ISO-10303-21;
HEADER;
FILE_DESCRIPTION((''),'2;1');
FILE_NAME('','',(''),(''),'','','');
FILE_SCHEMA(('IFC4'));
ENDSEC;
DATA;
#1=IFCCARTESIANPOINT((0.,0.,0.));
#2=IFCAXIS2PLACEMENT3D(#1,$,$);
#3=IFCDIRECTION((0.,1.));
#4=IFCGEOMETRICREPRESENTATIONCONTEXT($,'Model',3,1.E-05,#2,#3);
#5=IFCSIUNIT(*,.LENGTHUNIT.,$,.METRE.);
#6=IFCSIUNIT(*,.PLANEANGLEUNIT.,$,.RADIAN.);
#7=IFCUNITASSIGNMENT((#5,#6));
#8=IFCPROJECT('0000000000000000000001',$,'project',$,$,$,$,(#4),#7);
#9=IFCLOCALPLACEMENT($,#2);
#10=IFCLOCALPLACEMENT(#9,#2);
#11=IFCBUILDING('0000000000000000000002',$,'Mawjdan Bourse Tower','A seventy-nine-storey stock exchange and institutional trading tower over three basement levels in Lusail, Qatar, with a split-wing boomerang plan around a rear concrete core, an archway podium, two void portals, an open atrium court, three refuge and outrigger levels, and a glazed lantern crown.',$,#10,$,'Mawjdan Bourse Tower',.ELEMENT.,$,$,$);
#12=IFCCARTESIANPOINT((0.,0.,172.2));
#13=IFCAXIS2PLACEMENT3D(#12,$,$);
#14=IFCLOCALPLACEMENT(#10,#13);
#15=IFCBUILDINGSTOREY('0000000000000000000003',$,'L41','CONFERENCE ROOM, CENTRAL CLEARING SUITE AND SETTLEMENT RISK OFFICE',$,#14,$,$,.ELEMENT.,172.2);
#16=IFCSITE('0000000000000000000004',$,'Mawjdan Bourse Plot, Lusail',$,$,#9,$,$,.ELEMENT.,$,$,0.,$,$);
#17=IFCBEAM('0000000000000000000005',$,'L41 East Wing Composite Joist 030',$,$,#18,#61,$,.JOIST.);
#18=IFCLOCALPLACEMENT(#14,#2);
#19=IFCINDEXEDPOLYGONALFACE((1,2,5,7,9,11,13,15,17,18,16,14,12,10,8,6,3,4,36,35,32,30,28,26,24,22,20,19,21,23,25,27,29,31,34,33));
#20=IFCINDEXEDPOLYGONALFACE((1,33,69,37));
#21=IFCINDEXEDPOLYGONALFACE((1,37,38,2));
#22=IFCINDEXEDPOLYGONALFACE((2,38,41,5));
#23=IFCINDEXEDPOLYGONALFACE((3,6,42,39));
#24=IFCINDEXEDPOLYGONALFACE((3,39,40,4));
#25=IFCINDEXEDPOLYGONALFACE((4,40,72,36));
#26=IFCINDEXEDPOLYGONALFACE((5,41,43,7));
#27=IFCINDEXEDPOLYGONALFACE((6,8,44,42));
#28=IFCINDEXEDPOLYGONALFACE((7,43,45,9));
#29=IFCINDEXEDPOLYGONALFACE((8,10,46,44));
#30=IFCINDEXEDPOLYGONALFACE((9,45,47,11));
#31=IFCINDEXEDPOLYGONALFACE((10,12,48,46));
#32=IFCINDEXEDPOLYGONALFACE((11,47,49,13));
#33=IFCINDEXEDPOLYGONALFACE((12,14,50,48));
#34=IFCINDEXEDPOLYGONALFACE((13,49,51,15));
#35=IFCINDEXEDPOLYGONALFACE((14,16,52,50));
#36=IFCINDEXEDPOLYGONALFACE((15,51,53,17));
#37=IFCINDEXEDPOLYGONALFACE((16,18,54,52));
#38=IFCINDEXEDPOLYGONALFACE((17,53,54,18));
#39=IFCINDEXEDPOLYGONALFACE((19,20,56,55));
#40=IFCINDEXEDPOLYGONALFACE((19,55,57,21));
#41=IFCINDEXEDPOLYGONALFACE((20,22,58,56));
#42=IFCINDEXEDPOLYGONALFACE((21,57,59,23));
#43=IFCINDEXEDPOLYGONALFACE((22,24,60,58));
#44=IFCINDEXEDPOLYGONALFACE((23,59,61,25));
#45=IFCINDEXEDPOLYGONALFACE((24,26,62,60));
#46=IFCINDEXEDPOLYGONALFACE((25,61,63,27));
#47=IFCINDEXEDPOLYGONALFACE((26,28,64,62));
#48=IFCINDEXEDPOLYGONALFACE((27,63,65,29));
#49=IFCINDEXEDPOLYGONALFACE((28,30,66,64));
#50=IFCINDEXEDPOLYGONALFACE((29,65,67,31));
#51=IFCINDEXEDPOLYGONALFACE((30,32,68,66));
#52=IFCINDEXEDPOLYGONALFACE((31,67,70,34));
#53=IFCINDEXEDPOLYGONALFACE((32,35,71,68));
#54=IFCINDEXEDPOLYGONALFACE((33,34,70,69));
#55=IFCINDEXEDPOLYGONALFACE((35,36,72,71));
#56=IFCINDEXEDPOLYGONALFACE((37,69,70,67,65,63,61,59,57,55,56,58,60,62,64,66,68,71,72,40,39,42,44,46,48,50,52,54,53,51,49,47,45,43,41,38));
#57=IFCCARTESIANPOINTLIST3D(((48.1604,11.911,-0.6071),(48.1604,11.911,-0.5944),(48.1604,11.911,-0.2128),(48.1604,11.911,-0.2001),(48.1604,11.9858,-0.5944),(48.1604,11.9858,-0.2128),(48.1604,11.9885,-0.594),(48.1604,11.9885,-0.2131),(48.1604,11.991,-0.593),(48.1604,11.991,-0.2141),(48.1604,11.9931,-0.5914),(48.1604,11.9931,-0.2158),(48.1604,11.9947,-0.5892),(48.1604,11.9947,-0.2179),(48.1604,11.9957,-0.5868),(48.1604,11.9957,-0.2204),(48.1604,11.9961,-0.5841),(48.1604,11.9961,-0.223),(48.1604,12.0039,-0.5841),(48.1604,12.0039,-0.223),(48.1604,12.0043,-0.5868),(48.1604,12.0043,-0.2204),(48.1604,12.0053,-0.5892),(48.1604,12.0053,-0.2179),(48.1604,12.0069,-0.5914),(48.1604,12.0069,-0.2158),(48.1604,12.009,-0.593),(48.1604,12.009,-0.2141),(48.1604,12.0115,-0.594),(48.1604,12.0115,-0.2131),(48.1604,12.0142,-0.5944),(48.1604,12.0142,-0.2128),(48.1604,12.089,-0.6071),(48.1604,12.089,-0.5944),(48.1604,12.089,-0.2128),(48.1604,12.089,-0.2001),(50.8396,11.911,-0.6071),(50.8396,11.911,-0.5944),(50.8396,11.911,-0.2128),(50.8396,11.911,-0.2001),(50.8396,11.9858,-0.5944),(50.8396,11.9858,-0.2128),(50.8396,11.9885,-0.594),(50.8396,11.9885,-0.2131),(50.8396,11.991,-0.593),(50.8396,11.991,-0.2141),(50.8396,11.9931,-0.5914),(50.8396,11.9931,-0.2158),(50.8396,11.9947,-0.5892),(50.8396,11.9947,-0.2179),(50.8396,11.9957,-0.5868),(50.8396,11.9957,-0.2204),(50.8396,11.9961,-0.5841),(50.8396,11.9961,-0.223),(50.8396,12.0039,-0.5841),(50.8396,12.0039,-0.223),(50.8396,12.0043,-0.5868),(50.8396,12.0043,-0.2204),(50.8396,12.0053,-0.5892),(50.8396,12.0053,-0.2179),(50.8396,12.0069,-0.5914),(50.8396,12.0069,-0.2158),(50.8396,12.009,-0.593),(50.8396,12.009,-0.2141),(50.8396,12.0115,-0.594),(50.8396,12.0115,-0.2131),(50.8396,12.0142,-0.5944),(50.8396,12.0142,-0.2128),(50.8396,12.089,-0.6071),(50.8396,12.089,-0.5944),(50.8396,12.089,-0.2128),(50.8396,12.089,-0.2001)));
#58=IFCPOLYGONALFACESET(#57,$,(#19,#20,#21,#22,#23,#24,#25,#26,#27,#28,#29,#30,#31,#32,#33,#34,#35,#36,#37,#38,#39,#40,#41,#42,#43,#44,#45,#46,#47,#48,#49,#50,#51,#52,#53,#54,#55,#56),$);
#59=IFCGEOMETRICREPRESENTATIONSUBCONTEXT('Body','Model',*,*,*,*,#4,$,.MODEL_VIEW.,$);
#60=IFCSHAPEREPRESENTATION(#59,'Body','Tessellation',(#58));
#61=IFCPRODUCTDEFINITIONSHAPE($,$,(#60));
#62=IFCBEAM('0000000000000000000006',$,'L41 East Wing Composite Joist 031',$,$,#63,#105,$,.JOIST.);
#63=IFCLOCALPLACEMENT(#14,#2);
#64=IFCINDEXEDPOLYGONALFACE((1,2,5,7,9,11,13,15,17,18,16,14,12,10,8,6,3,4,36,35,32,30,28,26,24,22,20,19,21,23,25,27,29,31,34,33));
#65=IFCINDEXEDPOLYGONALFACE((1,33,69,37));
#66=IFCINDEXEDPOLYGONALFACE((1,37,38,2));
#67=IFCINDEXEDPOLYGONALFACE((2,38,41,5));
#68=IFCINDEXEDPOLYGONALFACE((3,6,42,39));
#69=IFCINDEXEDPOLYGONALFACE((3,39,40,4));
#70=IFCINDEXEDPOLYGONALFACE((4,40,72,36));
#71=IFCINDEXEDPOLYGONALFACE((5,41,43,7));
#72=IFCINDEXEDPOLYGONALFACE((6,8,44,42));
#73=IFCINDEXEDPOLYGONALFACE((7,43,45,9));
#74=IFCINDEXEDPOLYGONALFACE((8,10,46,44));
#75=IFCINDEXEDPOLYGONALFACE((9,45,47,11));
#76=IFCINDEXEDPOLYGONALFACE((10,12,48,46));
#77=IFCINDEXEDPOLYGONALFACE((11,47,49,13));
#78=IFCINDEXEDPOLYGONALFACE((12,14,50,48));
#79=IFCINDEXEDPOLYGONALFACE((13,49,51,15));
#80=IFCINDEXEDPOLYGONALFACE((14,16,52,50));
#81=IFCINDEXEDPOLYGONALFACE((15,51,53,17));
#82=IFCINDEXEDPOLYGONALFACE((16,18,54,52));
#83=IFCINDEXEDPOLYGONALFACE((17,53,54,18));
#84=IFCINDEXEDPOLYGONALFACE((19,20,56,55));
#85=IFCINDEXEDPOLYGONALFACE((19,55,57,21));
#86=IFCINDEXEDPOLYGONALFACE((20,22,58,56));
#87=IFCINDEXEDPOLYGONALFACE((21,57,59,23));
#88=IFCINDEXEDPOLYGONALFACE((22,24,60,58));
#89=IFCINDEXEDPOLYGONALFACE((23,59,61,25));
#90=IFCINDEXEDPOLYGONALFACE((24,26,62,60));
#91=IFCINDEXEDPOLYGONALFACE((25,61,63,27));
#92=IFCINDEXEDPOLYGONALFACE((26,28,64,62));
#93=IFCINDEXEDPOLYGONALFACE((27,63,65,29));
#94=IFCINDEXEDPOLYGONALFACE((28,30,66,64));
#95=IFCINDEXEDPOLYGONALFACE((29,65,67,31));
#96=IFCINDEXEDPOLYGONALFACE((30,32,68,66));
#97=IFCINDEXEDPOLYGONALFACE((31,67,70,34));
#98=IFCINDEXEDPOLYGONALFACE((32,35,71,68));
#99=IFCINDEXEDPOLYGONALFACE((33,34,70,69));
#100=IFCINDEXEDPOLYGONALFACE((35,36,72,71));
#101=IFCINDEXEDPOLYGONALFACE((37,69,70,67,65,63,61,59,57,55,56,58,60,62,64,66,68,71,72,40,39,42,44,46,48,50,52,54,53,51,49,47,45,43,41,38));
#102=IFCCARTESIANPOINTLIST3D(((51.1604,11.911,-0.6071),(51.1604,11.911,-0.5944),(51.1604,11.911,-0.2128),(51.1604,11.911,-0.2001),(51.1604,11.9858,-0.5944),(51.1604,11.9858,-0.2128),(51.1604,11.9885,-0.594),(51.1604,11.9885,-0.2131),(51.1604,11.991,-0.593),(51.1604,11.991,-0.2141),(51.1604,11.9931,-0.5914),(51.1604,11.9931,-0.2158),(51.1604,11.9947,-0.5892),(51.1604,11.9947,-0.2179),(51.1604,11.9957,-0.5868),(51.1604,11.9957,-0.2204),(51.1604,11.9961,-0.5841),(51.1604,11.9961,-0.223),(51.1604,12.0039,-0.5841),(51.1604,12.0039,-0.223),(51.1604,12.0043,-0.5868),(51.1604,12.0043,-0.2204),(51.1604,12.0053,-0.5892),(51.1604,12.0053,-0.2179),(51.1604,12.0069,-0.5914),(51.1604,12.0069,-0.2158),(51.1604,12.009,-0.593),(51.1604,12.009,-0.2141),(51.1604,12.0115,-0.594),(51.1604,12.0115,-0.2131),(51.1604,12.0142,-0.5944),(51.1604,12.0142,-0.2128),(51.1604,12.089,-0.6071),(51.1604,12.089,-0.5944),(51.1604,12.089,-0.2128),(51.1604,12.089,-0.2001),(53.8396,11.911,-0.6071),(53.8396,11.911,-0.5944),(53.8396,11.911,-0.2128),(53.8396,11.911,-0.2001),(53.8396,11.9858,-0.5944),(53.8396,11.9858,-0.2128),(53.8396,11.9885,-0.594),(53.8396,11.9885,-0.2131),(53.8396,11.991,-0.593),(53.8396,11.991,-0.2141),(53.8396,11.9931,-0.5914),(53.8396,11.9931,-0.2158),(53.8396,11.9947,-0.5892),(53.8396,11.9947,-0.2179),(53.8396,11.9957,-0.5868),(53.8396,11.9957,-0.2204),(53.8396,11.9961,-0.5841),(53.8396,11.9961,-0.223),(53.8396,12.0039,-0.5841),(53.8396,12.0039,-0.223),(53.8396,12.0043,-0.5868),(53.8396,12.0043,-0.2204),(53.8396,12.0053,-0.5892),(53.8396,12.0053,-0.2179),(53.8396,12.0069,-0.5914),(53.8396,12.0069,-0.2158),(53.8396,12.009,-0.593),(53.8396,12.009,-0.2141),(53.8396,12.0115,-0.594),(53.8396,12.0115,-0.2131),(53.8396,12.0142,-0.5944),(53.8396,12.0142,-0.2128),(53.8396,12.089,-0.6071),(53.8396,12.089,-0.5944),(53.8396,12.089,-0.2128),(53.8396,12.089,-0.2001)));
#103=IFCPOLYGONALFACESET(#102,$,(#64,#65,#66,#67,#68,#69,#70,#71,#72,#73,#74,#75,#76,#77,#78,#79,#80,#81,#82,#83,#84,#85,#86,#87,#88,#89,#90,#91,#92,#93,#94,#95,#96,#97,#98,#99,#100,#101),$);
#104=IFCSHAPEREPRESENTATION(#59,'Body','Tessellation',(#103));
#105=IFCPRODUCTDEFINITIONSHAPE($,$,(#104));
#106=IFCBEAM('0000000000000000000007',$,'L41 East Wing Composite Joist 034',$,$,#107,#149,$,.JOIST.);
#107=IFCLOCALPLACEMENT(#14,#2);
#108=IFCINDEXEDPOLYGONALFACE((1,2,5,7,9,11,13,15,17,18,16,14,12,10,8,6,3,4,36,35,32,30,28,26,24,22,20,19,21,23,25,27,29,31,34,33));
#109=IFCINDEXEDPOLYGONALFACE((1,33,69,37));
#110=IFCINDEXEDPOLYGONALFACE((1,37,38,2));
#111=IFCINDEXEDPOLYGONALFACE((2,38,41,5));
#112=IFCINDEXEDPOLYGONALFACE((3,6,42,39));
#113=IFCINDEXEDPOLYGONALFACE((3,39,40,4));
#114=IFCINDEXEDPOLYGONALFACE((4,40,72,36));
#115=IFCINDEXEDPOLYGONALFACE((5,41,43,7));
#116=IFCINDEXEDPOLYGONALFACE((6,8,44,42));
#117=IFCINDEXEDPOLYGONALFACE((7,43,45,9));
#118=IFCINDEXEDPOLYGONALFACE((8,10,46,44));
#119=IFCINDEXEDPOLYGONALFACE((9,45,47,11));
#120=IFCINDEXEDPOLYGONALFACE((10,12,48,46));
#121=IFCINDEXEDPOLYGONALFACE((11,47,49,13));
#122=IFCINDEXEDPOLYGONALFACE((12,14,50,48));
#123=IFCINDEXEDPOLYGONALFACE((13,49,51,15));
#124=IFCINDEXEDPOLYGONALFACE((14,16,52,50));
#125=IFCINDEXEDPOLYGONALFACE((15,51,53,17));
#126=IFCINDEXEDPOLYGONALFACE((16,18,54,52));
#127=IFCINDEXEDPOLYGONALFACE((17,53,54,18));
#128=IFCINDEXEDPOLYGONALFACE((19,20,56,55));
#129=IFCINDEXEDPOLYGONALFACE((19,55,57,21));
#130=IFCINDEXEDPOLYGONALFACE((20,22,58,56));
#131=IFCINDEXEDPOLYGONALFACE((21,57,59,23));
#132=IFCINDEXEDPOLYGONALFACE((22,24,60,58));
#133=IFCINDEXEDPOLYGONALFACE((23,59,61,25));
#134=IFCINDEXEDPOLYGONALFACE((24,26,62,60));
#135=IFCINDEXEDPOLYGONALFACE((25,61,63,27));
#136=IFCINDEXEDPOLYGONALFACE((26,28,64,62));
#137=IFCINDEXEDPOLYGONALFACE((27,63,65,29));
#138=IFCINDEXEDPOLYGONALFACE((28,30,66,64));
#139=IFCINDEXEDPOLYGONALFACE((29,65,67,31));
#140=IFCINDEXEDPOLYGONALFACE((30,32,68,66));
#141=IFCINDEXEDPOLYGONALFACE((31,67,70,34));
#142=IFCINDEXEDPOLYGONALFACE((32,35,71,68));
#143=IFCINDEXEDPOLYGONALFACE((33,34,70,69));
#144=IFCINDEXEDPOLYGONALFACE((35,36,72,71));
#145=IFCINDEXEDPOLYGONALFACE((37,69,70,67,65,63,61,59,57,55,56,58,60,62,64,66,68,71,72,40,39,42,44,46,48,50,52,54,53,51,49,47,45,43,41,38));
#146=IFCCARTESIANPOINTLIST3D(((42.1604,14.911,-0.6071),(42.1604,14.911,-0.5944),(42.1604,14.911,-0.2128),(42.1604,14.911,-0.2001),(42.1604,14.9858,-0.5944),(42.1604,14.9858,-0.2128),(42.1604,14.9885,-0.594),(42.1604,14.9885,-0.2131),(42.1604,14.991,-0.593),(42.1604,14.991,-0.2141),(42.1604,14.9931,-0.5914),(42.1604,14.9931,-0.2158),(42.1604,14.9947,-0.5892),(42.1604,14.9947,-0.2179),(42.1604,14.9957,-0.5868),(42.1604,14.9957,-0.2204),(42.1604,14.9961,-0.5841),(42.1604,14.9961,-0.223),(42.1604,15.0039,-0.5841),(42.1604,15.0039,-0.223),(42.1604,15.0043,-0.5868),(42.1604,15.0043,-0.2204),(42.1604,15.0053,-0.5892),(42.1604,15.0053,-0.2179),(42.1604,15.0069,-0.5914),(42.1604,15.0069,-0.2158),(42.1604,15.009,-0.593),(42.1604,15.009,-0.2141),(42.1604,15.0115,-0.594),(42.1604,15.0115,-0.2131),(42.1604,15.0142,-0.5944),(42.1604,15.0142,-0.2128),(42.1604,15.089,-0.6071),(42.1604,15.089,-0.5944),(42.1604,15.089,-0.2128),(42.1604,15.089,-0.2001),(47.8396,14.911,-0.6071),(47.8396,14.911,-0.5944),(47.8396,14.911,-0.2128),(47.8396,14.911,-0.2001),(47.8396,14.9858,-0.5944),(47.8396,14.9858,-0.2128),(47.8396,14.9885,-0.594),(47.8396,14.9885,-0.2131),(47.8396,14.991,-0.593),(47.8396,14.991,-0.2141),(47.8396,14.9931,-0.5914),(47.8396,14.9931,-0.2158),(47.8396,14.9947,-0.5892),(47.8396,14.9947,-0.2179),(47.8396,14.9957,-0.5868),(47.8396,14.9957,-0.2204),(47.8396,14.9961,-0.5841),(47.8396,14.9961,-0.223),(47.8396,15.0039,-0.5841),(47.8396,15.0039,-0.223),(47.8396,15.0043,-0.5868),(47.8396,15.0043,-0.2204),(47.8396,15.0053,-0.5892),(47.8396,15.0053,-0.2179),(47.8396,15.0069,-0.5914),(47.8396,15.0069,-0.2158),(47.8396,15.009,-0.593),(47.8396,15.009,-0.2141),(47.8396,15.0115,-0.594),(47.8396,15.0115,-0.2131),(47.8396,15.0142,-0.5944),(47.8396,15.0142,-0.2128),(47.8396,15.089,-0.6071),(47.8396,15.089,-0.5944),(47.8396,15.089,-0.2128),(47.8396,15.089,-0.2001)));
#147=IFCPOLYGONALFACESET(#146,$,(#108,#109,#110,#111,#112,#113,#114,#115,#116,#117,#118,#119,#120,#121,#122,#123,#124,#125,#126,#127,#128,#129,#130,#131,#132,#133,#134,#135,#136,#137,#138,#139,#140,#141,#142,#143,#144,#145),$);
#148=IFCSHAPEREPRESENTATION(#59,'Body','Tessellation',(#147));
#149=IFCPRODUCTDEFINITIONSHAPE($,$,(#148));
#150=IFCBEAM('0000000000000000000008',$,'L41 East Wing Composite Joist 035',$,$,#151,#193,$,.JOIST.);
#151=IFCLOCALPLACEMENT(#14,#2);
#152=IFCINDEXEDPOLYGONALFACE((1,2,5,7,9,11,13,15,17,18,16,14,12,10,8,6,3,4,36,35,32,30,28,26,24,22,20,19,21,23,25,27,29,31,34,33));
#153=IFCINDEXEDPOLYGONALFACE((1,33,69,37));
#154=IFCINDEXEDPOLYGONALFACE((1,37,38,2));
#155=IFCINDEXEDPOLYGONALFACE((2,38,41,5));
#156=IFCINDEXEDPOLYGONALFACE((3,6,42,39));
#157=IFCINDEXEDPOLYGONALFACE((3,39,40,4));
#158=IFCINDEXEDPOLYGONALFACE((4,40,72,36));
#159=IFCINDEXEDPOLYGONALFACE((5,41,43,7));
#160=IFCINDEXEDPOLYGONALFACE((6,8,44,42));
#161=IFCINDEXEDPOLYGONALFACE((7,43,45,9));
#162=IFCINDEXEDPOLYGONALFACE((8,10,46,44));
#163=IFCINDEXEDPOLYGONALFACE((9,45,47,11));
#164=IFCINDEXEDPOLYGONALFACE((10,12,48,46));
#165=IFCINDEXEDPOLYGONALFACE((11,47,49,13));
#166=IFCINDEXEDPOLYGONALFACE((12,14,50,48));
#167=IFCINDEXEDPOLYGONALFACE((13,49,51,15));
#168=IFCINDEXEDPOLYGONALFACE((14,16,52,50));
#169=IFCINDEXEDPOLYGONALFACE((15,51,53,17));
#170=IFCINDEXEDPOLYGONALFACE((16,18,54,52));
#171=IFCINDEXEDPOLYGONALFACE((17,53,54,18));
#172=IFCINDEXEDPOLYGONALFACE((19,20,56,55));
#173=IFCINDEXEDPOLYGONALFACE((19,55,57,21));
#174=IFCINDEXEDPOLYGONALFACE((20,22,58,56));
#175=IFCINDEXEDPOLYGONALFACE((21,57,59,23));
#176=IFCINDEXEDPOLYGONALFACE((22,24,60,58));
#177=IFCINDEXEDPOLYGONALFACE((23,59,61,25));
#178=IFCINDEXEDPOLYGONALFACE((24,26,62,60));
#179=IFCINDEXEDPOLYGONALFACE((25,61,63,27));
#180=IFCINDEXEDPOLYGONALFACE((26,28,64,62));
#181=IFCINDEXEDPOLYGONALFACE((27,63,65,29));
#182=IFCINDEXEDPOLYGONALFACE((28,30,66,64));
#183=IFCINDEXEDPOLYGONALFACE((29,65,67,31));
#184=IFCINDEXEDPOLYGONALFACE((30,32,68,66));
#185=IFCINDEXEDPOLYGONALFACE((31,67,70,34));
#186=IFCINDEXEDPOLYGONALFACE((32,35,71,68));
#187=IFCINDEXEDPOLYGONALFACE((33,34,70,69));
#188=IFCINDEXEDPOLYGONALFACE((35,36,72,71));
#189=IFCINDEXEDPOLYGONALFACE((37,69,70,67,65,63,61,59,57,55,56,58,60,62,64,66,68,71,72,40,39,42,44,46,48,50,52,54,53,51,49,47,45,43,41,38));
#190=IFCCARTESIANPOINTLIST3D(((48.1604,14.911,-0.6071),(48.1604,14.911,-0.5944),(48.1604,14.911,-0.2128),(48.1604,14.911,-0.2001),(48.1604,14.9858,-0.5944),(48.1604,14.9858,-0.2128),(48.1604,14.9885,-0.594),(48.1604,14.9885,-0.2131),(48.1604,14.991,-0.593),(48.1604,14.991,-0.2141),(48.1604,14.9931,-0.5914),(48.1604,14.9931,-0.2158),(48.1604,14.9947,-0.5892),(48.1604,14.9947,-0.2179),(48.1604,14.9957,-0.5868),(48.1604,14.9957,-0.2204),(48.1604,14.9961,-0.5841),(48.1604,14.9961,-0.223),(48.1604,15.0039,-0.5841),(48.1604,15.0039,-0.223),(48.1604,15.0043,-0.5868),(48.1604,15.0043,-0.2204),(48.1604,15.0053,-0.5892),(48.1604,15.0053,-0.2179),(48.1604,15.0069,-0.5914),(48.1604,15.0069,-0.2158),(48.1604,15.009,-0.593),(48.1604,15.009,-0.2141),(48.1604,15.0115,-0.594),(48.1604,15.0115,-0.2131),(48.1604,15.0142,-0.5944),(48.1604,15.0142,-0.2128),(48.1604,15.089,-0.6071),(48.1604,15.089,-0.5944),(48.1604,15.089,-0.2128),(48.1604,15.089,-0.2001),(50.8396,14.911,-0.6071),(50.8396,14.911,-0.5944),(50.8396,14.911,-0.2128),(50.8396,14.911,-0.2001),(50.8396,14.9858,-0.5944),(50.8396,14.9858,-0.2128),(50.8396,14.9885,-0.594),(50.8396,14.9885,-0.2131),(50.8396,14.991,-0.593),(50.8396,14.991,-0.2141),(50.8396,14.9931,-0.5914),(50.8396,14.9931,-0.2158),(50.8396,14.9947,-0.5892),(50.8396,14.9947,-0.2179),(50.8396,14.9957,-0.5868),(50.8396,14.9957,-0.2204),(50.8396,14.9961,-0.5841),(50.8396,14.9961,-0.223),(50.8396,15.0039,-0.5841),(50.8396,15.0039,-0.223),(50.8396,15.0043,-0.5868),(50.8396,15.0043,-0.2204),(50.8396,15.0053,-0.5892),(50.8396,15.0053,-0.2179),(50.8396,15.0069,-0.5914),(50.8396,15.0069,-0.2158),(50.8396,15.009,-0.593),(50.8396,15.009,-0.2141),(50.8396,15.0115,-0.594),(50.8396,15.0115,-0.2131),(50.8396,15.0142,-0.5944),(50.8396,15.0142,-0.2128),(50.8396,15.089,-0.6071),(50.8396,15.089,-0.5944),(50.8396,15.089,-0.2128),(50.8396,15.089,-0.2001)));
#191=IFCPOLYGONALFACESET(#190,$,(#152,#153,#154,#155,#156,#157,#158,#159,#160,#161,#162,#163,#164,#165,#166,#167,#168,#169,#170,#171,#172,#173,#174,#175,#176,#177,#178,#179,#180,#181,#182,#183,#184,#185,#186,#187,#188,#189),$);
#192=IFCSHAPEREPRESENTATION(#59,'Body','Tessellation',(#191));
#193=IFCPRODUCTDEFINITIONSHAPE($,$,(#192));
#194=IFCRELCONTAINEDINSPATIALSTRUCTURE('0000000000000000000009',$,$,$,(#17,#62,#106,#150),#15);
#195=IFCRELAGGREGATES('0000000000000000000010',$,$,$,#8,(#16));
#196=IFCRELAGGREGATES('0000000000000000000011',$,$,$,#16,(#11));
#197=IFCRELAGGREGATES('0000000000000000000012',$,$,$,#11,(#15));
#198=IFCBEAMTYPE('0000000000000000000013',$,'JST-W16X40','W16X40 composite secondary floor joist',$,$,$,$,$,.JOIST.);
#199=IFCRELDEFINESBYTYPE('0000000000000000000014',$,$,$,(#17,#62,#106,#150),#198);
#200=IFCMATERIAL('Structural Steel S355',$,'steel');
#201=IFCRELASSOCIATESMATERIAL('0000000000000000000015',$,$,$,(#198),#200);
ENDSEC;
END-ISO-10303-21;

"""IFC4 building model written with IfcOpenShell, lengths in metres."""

from ifc_helpers import new_model, si_unit, direction, frame, origin, origin_2d, place, context, subcontext, project, spatial, i_section, extrude, material, material_profile, profile_set, type_object, element, save


model = new_model("IFC4")

# Units and contexts
model_context = context("Model", 3, precision=1e-05, world=origin(), true_north=direction((0.0, 1.0)))
body_context = subcontext(model_context, "Body", "Model", "MODEL_VIEW")
ifc_project = project(units=[si_unit("LENGTHUNIT", "METRE"), si_unit("PLANEANGLEUNIT", "RADIAN")], contexts=[model_context])

# Site, building, storey
site_placement = place(None, origin())
site = spatial("IfcSite", under=ifc_project, at=site_placement, Name="Mawjdan Bourse Plot, Lusail", CompositionType="ELEMENT", RefElevation=0.0)
building_placement = place(site_placement, origin())
building = spatial("IfcBuilding", under=site, at=building_placement, Name="Mawjdan Bourse Tower", Description="A seventy-nine-storey stock exchange and institutional trading tower over three basement levels in Lusail, Qatar, with a split-wing boomerang plan around a rear concrete core, an archway podium, two void portals, an open atrium court, three refuge and outrigger levels, and a glazed lantern crown.", LongName="Mawjdan Bourse Tower", CompositionType="ELEMENT")
storey_placement = place(building_placement, frame((0.0, 0.0, 172.2)))
storey = spatial("IfcBuildingStorey", under=building, at=storey_placement, Name="L41", Description="CONFERENCE ROOM, CENTRAL CLEARING SUITE AND SETTLEMENT RISK OFFICE", CompositionType="ELEMENT", Elevation=172.2)

# Beams
ifc_material_1 = material(Name="Structural Steel S355", Category="steel")
ifc_material_profile_1 = material_profile(ifc_material_1, i_section(OverallWidth=0.178, OverallDepth=0.407, WebThickness=0.0078, FlangeThickness=0.0127, FilletRadius=0.0103, at=origin_2d()), Name="W16X40")
ifc_profile_set_1 = profile_set([ifc_material_profile_1], Name="Structural Steel S355")
beam_type_1 = type_object("IfcBeamType", Name="JST-W16X40", Description="W16X40 composite secondary floor joist", PredefinedType="JOIST", material=ifc_profile_set_1)
for number, where, z_axis, x_axis, name in (
    (1, (48.1604, 12.0, -0.4036), (1.0, 0.0, 0.0), (0.0, 1.0, 0.0), "L41 East Wing Composite Joist 030"),
    (2, (51.1604, 12.0, -0.4036), (1.0, 0.0, 0.0), (0.0, 1.0, 0.0), "L41 East Wing Composite Joist 031"),
):
    element("IfcBeam", number, at=place(storey_placement, frame(where, z_axis=z_axis, x_axis=x_axis)), inside=storey, type_object=beam_type_1, Name=name, PredefinedType="JOIST", context=body_context, shape_type="SweptSolid", body=[
        extrude(i_section(OverallWidth=0.178, OverallDepth=0.407, WebThickness=0.0078, FlangeThickness=0.0127, FilletRadius=0.0103, at=origin_2d()), origin(), (0.0, 0.0, 1.0), 2.6792),
    ])
beam_1_placement = place(storey_placement, frame((42.1604, 15.0, -0.4036), z_axis=(1.0, 0.0, 0.0), x_axis=(0.0, 1.0, 0.0)))
element("IfcBeam", 3, at=beam_1_placement, inside=storey, type_object=beam_type_1, Name="L41 East Wing Composite Joist 034", PredefinedType="JOIST", context=body_context, shape_type="SweptSolid", body=[
    extrude(i_section(OverallWidth=0.178, OverallDepth=0.407, WebThickness=0.0078, FlangeThickness=0.0127, FilletRadius=0.0103, at=origin_2d()), origin(), (0.0, 0.0, 1.0), 5.6792),
])
for number, where, z_axis, x_axis, name in (
    (4, (48.1604, 15.0, -0.4036), (1.0, 0.0, 0.0), (0.0, 1.0, 0.0), "L41 East Wing Composite Joist 035"),
):
    element("IfcBeam", number, at=place(storey_placement, frame(where, z_axis=z_axis, x_axis=x_axis)), inside=storey, type_object=beam_type_1, Name=name, PredefinedType="JOIST", context=body_context, shape_type="SweptSolid", body=[
        extrude(i_section(OverallWidth=0.178, OverallDepth=0.407, WebThickness=0.0078, FlangeThickness=0.0127, FilletRadius=0.0103, at=origin_2d()), origin(), (0.0, 0.0, 1.0), 2.6792),
    ])

save(model, "model.ifc")
